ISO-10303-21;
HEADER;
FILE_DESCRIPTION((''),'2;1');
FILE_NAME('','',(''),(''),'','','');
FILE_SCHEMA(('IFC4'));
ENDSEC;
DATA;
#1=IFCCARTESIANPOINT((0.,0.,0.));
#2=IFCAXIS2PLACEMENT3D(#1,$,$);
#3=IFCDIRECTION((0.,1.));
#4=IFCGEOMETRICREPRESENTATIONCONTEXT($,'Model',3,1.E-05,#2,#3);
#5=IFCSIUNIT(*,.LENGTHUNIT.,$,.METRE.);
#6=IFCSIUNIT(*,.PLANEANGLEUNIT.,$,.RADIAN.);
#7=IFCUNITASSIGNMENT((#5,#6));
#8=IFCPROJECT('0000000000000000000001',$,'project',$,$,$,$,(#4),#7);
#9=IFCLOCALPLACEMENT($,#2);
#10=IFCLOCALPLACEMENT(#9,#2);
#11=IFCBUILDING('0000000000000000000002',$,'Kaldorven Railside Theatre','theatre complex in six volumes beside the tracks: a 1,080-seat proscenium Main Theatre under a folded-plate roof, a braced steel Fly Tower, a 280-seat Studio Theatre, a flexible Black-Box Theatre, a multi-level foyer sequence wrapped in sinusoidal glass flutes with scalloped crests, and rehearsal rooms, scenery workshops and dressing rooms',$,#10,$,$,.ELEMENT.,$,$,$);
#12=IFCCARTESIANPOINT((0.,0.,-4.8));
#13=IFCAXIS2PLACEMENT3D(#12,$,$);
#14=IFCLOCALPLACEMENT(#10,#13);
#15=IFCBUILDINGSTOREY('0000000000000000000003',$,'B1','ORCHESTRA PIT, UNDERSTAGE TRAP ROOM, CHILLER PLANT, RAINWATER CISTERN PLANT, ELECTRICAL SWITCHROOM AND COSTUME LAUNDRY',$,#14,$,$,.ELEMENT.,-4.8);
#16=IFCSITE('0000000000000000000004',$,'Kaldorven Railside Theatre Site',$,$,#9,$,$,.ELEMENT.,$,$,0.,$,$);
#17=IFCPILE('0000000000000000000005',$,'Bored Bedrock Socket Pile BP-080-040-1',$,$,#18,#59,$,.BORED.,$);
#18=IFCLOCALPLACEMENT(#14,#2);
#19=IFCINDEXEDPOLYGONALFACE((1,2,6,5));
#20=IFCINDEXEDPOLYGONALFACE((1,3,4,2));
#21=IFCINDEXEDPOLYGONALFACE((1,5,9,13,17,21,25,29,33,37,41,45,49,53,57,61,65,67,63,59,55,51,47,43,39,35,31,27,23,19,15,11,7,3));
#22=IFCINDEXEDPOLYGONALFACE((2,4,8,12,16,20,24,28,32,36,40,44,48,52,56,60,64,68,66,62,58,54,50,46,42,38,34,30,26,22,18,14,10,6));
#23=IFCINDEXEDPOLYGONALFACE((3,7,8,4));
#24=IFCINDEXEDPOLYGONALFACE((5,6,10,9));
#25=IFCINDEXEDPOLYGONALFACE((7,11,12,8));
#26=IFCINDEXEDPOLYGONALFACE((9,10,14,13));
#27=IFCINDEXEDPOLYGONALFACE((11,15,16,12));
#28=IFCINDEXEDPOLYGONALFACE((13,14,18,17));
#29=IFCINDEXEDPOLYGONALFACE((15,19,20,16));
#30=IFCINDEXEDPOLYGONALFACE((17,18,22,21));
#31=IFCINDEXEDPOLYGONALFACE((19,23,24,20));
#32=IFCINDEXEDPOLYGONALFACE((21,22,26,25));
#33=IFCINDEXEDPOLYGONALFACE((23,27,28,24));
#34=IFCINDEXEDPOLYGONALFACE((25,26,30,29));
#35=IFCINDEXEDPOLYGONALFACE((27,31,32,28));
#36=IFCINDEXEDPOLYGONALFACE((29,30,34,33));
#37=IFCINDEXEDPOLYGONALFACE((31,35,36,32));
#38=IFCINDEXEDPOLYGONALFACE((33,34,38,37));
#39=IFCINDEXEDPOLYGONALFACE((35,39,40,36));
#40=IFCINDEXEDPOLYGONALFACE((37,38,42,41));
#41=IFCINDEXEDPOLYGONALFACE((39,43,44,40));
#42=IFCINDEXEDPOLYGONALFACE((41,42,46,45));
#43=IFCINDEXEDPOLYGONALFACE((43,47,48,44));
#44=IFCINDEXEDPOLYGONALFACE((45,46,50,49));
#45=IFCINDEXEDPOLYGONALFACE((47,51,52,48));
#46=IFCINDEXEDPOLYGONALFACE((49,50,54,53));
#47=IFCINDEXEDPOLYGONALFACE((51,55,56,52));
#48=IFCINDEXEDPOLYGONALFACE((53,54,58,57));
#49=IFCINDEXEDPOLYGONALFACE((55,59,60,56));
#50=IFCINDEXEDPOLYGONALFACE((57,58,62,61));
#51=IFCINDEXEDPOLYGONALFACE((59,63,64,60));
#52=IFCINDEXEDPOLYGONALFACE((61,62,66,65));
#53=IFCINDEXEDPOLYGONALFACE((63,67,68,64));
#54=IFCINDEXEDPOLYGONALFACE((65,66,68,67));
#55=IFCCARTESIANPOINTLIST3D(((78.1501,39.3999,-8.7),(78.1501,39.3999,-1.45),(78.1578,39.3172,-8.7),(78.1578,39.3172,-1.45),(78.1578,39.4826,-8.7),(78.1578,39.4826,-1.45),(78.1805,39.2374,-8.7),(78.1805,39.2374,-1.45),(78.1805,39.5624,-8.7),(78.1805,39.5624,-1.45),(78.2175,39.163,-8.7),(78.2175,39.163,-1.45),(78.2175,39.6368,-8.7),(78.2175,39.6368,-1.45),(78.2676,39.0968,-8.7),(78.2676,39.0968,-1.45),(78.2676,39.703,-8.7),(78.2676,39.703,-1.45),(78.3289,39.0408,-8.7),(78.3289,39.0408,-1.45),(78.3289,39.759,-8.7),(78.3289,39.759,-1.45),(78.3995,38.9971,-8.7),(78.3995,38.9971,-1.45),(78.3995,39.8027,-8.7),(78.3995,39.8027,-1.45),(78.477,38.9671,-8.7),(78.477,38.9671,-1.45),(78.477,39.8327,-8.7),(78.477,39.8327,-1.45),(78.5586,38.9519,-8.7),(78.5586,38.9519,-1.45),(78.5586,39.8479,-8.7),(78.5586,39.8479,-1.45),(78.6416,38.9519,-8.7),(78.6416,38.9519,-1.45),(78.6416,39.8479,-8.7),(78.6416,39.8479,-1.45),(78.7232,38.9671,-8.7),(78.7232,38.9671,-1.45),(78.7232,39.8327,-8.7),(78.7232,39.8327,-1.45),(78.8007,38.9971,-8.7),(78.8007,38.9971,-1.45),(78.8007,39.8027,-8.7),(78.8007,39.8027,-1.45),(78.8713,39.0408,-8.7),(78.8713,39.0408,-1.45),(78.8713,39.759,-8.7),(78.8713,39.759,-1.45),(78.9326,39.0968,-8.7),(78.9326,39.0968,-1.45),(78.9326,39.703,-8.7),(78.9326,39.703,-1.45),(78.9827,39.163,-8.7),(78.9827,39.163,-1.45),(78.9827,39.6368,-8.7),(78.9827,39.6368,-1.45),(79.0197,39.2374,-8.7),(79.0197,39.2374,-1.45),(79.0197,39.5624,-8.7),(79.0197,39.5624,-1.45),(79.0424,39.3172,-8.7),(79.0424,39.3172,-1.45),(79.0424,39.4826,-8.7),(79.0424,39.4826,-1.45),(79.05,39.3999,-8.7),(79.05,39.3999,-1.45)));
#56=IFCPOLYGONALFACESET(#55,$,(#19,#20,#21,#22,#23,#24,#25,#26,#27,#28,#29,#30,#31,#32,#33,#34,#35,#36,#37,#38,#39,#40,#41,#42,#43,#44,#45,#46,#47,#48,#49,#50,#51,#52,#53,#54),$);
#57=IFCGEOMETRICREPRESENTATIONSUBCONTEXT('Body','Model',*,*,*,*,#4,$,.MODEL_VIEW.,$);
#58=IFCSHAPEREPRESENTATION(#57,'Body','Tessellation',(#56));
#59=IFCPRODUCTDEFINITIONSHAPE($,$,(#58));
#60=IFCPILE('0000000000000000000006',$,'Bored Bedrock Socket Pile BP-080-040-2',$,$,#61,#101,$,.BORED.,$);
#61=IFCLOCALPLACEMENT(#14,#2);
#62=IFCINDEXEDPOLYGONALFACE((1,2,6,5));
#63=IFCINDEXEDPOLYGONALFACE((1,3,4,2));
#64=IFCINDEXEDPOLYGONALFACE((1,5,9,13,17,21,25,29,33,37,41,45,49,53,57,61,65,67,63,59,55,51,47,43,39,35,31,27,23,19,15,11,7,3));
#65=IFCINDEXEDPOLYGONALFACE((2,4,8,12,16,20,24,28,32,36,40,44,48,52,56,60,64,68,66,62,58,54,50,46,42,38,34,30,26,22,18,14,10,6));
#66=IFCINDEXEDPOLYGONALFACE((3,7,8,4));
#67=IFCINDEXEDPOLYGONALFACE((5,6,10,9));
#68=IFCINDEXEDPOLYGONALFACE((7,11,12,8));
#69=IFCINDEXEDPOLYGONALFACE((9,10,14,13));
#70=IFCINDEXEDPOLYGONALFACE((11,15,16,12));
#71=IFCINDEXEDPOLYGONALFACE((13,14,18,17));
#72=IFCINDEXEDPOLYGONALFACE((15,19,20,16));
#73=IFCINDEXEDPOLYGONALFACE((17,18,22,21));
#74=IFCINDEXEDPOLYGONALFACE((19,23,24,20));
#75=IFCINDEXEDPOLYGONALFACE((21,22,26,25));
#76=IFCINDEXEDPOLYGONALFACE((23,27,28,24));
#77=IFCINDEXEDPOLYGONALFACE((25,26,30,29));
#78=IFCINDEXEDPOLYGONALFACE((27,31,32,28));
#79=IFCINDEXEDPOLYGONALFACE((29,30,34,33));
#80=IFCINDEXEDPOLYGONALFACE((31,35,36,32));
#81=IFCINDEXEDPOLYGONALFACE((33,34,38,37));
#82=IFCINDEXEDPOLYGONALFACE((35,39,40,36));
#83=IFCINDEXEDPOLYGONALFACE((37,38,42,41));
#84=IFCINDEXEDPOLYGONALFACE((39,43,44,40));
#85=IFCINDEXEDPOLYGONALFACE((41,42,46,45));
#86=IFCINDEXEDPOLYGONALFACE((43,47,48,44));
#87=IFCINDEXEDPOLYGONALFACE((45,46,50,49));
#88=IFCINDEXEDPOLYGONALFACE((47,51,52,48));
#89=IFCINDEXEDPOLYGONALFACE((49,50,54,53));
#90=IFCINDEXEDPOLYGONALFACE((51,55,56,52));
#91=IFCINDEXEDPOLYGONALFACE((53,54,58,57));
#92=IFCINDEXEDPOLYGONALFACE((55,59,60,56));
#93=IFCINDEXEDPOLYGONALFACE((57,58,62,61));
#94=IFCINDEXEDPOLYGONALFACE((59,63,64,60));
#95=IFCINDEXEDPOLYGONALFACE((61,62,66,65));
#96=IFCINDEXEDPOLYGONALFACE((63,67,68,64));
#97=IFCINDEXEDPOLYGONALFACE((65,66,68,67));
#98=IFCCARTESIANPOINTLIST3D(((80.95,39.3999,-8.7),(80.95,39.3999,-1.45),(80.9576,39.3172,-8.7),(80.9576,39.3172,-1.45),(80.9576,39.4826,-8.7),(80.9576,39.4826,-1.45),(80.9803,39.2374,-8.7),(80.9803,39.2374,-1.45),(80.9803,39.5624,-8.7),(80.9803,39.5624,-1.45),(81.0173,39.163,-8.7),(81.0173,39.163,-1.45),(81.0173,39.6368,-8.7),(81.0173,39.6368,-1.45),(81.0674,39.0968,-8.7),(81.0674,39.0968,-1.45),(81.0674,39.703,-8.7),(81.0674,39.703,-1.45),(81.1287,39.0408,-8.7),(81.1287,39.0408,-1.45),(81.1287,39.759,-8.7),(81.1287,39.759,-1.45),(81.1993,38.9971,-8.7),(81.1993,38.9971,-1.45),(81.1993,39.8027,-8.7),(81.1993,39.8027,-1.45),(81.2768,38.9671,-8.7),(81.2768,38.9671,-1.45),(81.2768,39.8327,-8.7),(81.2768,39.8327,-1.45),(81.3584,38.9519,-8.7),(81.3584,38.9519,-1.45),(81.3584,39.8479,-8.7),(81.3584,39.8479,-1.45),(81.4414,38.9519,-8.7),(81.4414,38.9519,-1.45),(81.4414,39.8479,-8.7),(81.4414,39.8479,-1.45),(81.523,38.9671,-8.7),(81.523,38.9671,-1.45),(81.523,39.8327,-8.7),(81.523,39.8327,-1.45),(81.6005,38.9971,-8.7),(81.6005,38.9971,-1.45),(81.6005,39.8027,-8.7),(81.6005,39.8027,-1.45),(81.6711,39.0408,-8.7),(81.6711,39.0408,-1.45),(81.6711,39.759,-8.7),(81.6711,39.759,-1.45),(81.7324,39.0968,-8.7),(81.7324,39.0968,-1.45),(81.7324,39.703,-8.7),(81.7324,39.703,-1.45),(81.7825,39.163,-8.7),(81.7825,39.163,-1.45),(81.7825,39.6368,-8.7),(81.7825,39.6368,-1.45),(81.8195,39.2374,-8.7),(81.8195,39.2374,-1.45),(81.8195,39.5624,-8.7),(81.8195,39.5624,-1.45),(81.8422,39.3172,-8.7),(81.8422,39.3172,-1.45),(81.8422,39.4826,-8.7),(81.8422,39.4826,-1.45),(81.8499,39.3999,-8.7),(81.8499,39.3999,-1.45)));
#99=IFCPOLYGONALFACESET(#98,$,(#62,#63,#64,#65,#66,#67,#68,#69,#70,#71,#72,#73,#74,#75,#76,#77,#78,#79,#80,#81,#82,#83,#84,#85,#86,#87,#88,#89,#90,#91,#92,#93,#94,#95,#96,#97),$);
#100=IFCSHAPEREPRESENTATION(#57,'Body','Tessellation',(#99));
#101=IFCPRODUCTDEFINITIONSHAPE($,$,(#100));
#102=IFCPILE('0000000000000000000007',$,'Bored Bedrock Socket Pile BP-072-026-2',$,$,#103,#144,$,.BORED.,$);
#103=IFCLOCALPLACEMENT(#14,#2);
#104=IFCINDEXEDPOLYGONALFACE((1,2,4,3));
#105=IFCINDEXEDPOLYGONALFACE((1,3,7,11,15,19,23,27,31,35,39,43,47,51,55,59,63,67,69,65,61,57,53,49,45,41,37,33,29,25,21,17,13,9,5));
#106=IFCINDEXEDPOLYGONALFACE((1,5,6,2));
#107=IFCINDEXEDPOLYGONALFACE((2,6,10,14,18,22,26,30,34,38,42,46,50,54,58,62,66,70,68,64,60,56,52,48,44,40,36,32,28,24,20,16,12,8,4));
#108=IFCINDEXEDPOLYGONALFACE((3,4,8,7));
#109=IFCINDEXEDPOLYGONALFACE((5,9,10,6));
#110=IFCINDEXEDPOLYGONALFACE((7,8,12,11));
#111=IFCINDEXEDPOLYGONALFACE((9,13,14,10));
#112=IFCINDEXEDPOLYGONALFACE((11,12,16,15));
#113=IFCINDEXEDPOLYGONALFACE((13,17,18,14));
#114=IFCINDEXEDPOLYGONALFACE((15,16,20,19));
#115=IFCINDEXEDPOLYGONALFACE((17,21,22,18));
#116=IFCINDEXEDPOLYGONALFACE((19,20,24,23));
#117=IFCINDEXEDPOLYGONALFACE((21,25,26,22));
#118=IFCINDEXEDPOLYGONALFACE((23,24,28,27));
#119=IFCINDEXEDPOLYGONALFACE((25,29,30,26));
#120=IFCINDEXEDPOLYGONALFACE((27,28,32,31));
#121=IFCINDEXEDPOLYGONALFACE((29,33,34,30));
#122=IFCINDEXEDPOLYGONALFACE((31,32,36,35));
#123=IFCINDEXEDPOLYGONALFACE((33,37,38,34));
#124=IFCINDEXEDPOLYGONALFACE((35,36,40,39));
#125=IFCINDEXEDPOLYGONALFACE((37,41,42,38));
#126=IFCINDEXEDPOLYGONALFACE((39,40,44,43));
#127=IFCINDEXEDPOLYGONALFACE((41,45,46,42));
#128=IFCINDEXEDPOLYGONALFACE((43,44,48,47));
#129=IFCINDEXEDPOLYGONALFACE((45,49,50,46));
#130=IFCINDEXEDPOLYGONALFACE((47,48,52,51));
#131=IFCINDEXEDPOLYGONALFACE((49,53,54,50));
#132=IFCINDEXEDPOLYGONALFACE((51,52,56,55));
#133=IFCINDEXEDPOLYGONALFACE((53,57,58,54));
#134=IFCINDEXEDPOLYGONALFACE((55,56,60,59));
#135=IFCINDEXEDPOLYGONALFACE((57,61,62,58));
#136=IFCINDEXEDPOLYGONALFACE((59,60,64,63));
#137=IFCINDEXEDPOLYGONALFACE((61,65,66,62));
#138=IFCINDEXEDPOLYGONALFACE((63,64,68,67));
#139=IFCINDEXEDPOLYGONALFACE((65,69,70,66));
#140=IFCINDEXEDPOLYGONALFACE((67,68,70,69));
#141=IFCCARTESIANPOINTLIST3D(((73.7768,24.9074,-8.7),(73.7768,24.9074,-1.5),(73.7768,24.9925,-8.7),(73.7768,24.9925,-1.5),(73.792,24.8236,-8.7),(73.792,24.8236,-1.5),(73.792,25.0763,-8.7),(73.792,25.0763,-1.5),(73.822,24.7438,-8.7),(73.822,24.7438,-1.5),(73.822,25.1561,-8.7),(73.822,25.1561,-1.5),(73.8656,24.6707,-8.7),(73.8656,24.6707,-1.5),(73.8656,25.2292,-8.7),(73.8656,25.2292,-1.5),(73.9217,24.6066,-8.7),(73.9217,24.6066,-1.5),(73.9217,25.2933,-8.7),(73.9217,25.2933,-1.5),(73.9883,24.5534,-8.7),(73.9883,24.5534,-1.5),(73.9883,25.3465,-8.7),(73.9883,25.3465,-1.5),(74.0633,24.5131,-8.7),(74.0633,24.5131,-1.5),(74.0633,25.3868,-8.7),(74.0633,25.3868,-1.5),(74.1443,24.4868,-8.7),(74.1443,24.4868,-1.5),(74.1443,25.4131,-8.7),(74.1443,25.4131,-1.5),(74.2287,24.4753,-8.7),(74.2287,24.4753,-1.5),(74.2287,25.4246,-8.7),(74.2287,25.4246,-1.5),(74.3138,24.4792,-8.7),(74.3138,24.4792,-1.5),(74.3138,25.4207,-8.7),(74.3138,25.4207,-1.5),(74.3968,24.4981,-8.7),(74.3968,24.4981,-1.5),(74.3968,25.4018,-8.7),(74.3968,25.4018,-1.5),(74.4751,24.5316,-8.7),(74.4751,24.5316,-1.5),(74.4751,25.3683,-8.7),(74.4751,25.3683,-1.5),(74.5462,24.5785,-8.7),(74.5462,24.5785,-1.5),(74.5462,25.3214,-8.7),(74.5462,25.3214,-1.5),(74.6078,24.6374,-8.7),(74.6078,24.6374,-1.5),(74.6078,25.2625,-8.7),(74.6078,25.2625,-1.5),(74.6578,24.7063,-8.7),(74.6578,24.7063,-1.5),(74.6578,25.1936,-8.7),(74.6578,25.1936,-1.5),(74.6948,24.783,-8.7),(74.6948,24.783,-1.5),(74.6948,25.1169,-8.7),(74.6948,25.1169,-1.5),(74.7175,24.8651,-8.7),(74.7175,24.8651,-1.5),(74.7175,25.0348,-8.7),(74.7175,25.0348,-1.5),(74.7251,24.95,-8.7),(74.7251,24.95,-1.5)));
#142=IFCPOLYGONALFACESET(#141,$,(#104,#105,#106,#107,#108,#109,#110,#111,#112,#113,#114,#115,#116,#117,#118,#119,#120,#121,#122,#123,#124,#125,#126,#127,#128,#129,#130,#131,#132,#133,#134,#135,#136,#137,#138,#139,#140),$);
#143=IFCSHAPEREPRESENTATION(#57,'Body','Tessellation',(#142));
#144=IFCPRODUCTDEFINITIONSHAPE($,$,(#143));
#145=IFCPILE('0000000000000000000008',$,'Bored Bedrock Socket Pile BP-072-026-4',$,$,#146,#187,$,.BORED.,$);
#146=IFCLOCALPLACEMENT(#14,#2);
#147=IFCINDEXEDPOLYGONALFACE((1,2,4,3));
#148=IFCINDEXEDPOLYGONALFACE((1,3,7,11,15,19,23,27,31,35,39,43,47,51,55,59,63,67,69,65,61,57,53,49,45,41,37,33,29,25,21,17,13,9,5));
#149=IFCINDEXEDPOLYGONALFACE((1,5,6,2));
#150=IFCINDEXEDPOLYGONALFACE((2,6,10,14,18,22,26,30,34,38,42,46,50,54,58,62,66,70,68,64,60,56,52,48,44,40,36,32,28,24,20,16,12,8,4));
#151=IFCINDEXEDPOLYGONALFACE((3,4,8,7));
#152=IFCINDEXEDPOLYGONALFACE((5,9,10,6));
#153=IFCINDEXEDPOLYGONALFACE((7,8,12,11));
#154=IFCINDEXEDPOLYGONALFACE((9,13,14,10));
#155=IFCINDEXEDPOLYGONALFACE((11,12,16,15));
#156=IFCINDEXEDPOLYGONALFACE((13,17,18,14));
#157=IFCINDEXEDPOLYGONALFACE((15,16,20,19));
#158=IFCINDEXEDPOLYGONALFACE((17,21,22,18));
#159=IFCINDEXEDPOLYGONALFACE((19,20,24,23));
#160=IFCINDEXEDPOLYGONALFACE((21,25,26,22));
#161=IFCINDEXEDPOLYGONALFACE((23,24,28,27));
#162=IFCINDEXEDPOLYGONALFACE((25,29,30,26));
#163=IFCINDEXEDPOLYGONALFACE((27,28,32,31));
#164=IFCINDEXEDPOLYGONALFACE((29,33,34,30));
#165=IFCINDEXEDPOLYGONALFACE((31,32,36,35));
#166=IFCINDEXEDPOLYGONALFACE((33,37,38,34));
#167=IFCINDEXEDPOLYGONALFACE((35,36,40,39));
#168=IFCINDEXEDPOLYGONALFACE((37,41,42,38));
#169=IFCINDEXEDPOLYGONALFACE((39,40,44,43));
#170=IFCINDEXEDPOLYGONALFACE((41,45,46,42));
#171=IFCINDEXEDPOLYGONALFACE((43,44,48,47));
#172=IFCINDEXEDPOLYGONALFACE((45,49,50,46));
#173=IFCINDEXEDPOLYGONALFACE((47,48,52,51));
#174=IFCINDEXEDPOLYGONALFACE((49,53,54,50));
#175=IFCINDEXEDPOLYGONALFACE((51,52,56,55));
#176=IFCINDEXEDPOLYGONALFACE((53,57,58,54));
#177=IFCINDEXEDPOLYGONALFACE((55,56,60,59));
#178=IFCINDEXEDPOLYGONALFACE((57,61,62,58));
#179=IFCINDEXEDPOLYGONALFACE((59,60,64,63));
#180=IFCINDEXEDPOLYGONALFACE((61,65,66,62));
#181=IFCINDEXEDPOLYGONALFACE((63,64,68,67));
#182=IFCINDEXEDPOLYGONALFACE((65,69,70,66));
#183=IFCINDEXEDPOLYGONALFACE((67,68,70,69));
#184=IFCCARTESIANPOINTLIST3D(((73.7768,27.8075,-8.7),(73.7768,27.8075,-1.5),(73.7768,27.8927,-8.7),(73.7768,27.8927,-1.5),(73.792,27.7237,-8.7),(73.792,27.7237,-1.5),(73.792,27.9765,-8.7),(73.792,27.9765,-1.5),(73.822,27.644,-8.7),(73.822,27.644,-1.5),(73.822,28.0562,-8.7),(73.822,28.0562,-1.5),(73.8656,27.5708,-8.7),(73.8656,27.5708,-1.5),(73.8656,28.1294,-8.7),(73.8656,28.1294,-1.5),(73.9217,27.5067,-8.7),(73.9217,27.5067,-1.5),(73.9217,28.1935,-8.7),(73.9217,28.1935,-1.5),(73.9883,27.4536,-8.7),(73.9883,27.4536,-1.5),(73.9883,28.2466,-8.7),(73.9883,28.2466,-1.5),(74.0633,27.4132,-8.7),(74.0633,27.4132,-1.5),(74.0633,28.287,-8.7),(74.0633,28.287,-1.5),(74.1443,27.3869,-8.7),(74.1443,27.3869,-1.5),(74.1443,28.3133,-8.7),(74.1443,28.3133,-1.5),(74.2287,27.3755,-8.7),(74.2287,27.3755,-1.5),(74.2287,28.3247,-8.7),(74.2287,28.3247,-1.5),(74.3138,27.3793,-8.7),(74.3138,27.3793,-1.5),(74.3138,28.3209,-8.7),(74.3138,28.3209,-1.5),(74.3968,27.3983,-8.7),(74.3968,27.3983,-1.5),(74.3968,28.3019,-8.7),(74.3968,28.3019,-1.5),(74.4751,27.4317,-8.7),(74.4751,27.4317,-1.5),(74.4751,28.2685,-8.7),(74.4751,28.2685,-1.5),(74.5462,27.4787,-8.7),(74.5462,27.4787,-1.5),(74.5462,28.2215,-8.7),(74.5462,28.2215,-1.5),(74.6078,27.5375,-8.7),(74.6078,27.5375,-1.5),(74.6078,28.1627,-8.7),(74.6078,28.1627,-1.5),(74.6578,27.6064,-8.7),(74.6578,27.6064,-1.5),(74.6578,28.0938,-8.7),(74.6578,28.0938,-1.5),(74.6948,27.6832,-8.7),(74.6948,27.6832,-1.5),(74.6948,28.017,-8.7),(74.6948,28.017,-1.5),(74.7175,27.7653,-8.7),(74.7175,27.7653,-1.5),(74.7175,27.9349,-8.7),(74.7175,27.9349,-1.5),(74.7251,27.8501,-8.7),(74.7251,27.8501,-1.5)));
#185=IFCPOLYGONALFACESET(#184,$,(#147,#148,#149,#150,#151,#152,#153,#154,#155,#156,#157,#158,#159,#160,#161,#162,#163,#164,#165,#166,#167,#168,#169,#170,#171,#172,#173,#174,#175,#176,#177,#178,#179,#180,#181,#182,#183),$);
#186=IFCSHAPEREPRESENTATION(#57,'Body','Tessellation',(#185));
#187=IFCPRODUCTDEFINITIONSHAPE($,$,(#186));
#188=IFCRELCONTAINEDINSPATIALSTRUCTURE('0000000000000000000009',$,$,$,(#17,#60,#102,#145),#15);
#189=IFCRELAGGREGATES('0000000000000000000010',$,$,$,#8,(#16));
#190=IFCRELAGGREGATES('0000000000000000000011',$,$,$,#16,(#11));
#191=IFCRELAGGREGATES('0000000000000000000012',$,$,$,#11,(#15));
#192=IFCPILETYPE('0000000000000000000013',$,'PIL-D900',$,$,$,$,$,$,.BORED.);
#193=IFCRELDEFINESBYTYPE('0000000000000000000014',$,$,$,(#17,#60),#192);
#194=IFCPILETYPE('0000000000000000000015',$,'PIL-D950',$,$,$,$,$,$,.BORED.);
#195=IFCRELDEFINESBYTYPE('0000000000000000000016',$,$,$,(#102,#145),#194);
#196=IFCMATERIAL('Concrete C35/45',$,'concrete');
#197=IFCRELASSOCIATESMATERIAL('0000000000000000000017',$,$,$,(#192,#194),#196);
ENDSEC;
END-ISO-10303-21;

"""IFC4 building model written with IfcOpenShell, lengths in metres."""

from ifc_helpers import new_model, si_unit, direction, frame, origin, origin_2d, place, context, subcontext, project, spatial, circle, extrude, material, material_profile, profile_set, type_object, element, save


model = new_model("IFC4")

# Units and contexts
model_context = context("Model", 3, precision=1e-05, world=origin(), true_north=direction((0.0, 1.0)))
body_context = subcontext(model_context, "Body", "Model", "MODEL_VIEW")
ifc_project = project(units=[si_unit("LENGTHUNIT", "METRE"), si_unit("PLANEANGLEUNIT", "RADIAN")], contexts=[model_context])

# Site, building, storey
site_placement = place(None, origin())
site = spatial("IfcSite", under=ifc_project, at=site_placement, Name="Kaldorven Railside Theatre Site", CompositionType="ELEMENT", RefElevation=0.0)
building_placement = place(site_placement, origin())
building = spatial("IfcBuilding", under=site, at=building_placement, Name="Kaldorven Railside Theatre", Description="theatre complex in six volumes beside the tracks: a 1,080-seat proscenium Main Theatre under a folded-plate roof, a braced steel Fly Tower, a 280-seat Studio Theatre, a flexible Black-Box Theatre, a multi-level foyer sequence wrapped in sinusoidal glass flutes with scalloped crests, and rehearsal rooms, scenery workshops and dressing rooms", CompositionType="ELEMENT")
storey_placement = place(building_placement, frame((0.0, 0.0, -4.8)))
storey = spatial("IfcBuildingStorey", under=building, at=storey_placement, Name="B1", Description="ORCHESTRA PIT, UNDERSTAGE TRAP ROOM, CHILLER PLANT, RAINWATER CISTERN PLANT, ELECTRICAL SWITCHROOM AND COSTUME LAUNDRY", CompositionType="ELEMENT", Elevation=-4.8)

# Piles
ifc_material_1 = material(Name="Concrete C35/45", Category="concrete")
ifc_material_profile_1 = material_profile(ifc_material_1, circle(Radius=0.45, at=origin_2d()), Name="BP D900")
ifc_profile_set_1 = profile_set([ifc_material_profile_1], Name="Concrete C35/45")
pile_type_1 = type_object("IfcPileType", Name="PIL-D900", PredefinedType="BORED", material=ifc_profile_set_1)
for number, where, z_axis, x_axis, name in (
    (1, (78.6001, 39.3999, -1.45), (0.0, 0.0, -1.0), (1.0, 0.0, 0.0), "Bored Bedrock Socket Pile BP-080-040-1"),
    (2, (81.3999, 39.3999, -1.45), (0.0, 0.0, -1.0), (1.0, 0.0, 0.0), "Bored Bedrock Socket Pile BP-080-040-2"),
):
    element("IfcPile", number, at=place(storey_placement, frame(where, z_axis=z_axis, x_axis=x_axis)), inside=storey, type_object=pile_type_1, Name=name, PredefinedType="BORED", context=body_context, shape_type="SweptSolid", body=[
        extrude(circle(Radius=0.45, at=origin_2d()), origin(), (0.0, 0.0, 1.0), 7.25),
    ])
ifc_material_profile_2 = material_profile(ifc_material_1, circle(Radius=0.4751, at=origin_2d()), Name="BP D950")
ifc_profile_set_2 = profile_set([ifc_material_profile_2], Name="Concrete C35/45")
pile_type_2 = type_object("IfcPileType", Name="PIL-D950", PredefinedType="BORED", material=ifc_profile_set_2)
for number, where, z_axis, x_axis, name in (
    (3, (74.25, 24.95, -1.5), (0.0, 0.0, -1.0), (1.0, 0.0, 0.0), "Bored Bedrock Socket Pile BP-072-026-2"),
    (4, (74.25, 27.8501, -1.5), (0.0, 0.0, -1.0), (1.0, 0.0, 0.0), "Bored Bedrock Socket Pile BP-072-026-4"),
):
    element("IfcPile", number, at=place(storey_placement, frame(where, z_axis=z_axis, x_axis=x_axis)), inside=storey, type_object=pile_type_2, Name=name, PredefinedType="BORED", context=body_context, shape_type="SweptSolid", body=[
        extrude(circle(Radius=0.4751, at=origin_2d()), origin(), (0.0, 0.0, 1.0), 7.2),
    ])

save(model, "model.ifc")
